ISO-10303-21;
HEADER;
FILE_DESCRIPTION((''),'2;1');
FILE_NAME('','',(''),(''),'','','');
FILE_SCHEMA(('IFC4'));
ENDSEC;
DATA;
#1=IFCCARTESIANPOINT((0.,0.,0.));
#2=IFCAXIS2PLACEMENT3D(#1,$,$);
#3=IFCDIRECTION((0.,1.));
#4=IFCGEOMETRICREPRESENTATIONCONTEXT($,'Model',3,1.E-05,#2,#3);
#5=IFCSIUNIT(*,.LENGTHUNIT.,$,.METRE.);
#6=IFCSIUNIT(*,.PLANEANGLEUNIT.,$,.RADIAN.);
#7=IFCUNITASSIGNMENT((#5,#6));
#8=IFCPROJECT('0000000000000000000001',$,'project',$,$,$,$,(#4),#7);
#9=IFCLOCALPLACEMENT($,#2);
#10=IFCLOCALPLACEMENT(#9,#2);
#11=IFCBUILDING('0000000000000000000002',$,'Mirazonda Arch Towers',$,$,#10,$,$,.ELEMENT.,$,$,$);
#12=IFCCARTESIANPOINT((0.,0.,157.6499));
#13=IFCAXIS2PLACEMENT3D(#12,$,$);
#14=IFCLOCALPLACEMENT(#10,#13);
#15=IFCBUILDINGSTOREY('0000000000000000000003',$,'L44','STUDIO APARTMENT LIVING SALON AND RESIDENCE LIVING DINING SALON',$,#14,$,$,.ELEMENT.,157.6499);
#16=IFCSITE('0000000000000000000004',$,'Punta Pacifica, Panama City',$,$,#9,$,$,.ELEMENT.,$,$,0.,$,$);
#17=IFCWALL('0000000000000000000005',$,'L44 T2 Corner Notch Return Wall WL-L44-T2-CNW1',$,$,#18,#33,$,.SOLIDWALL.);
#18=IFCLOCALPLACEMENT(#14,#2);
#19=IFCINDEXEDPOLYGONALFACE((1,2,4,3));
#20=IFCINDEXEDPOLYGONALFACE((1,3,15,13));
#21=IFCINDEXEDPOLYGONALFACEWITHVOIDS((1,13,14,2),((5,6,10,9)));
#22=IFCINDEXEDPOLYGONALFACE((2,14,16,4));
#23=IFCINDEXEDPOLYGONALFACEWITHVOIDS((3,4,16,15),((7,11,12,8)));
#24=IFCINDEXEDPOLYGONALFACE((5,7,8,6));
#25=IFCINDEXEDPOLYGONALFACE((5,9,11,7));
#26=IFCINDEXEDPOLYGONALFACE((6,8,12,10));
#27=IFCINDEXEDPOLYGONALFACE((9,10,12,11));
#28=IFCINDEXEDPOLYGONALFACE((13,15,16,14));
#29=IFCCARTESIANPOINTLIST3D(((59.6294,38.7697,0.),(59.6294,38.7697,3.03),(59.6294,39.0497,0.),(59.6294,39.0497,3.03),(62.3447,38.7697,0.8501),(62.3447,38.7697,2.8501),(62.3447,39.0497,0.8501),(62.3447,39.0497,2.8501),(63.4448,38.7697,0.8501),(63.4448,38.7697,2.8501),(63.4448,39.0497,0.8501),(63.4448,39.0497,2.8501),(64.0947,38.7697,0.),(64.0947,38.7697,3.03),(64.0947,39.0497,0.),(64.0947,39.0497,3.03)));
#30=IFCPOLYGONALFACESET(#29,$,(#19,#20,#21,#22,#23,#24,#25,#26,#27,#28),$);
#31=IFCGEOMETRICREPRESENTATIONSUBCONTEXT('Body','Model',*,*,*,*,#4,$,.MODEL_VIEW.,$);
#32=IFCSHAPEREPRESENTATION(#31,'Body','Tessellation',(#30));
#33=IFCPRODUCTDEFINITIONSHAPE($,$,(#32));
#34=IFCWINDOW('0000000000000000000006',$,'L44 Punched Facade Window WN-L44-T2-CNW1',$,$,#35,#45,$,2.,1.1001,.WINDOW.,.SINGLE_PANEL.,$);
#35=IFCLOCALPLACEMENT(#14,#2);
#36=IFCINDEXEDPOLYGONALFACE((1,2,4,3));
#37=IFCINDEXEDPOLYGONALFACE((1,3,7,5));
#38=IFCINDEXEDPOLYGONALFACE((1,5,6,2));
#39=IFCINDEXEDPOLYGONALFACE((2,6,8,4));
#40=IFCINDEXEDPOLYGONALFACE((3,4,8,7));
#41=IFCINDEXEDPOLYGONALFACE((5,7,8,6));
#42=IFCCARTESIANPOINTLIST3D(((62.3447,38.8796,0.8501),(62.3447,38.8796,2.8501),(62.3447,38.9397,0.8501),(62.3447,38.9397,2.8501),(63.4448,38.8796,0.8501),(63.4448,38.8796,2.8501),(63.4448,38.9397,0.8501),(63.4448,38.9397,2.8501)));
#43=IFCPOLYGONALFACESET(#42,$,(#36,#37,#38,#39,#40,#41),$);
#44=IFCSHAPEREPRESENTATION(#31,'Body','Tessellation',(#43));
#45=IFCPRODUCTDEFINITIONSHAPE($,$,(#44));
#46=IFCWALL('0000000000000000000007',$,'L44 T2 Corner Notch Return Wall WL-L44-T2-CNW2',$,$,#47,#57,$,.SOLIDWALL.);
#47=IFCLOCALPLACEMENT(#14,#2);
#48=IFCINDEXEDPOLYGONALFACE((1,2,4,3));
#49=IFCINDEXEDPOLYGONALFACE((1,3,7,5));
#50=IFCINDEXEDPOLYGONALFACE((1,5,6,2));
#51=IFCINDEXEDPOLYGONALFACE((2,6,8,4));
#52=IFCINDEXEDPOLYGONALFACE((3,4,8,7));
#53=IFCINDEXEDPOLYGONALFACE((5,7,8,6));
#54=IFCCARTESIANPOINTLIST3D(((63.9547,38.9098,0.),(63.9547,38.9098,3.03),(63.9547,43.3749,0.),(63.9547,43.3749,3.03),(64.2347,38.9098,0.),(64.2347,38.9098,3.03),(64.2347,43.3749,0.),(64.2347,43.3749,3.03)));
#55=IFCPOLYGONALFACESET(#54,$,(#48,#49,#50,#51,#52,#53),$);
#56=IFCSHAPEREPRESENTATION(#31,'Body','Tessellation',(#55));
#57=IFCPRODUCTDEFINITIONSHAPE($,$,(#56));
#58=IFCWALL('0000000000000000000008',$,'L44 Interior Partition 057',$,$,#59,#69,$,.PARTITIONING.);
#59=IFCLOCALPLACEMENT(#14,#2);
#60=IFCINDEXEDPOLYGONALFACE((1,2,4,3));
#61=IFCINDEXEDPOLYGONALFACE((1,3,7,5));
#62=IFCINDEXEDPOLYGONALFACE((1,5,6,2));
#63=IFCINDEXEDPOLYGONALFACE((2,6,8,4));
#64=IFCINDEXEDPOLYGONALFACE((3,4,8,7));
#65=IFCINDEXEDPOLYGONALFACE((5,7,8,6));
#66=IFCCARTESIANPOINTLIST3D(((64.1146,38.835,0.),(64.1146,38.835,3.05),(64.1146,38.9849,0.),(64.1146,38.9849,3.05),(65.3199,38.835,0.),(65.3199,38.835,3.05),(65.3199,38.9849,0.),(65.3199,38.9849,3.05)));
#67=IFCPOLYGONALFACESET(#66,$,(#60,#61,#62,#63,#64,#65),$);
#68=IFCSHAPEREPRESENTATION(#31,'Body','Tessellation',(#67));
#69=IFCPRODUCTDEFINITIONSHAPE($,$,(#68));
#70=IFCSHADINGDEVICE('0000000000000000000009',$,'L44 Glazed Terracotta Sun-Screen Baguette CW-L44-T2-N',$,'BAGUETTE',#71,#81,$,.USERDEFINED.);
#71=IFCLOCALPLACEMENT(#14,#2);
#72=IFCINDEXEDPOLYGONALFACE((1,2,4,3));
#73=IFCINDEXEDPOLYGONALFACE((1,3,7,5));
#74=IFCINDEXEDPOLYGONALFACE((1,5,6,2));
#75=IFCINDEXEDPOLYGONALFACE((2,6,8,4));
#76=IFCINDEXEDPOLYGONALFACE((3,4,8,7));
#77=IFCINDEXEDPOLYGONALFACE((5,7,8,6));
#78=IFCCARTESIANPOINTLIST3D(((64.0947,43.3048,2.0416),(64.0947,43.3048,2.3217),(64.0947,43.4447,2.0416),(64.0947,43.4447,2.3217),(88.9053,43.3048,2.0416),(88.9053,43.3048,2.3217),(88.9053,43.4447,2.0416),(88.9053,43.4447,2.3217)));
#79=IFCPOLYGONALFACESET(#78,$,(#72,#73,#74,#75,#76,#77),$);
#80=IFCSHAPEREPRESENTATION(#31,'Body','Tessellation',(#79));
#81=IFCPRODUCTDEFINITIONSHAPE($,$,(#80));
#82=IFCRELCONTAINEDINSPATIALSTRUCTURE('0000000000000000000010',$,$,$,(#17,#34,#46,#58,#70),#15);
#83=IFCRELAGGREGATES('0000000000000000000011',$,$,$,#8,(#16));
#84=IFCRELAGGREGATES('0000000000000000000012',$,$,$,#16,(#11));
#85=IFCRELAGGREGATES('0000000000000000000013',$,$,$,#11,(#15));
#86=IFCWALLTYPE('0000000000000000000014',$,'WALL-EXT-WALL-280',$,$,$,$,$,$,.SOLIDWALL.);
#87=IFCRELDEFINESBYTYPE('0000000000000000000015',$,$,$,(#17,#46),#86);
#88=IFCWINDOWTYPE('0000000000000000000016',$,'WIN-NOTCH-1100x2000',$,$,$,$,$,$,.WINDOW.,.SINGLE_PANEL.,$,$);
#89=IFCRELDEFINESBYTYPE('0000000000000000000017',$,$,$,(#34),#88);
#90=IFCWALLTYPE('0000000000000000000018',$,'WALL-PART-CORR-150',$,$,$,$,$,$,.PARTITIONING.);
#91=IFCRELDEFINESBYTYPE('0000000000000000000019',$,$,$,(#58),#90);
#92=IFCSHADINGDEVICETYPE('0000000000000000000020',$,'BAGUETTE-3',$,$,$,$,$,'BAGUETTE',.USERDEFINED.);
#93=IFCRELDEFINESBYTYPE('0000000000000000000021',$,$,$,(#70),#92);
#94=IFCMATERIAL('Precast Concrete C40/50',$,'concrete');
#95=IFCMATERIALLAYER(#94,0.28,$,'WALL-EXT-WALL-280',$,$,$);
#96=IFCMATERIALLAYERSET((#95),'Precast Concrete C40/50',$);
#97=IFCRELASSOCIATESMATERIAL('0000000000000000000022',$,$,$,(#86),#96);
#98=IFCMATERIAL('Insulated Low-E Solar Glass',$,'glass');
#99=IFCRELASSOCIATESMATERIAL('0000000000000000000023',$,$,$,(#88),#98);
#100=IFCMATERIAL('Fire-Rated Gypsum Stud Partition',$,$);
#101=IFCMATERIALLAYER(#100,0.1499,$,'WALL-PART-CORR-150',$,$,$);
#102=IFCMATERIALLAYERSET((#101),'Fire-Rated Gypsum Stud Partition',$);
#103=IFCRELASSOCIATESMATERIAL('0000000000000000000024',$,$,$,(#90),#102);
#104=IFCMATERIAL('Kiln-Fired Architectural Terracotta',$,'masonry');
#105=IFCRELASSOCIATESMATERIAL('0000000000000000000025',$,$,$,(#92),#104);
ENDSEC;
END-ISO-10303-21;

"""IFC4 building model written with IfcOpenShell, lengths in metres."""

from ifc_helpers import new_model, si_unit, direction, frame, frame_2d, origin, origin_2d, place, context, subcontext, project, spatial, rectangle, extrude, material, layer, layer_set, material_profile, profile_set, type_object, element, fill, save


model = new_model("IFC4")

# Units and contexts
model_context = context("Model", 3, precision=1e-05, world=origin(), true_north=direction((0.0, 1.0)))
body_context = subcontext(model_context, "Body", "Model", "MODEL_VIEW")
ifc_project = project(units=[si_unit("LENGTHUNIT", "METRE"), si_unit("PLANEANGLEUNIT", "RADIAN")], contexts=[model_context])

# Site, building, storey
site_placement = place(None, origin())
site = spatial("IfcSite", under=ifc_project, at=site_placement, Name="Punta Pacifica, Panama City", CompositionType="ELEMENT", RefElevation=0.0)
building_placement = place(site_placement, origin())
building = spatial("IfcBuilding", under=site, at=building_placement, Name="Mirazonda Arch Towers", CompositionType="ELEMENT")
storey_placement = place(building_placement, frame((0.0, 0.0, 157.6499)))
storey = spatial("IfcBuildingStorey", under=building, at=storey_placement, Name="L44", Description="STUDIO APARTMENT LIVING SALON AND RESIDENCE LIVING DINING SALON", CompositionType="ELEMENT", Elevation=157.6499)

# Shared definitions
ifc_material_1 = material(Name="Insulated Low-E Solar Glass", Category="glass")

# Wall, opening, window
ifc_material_2 = material(Name="Precast Concrete C40/50", Category="concrete")
ifc_layer_1 = layer(ifc_material_2, 0.28, Name="WALL-EXT-WALL-280")
ifc_layer_set_1 = layer_set([ifc_layer_1], Name="Precast Concrete C40/50")
wall_type_1 = type_object("IfcWallType", Name="WALL-EXT-WALL-280", PredefinedType="SOLIDWALL", material=ifc_layer_set_1)
wall_1_placement = place(storey_placement, frame((64.0947, 38.9097, 0.0), z_axis=(0.0, 0.0, 1.0), x_axis=(-1.0, 0.0, 0.0)))
wall_1 = element("IfcWall", 1, at=wall_1_placement, inside=storey, type_object=wall_type_1, Name="L44 T2 Corner Notch Return Wall WL-L44-T2-CNW1", PredefinedType="SOLIDWALL", context=body_context, shape_type="SweptSolid", body=[
    extrude(rectangle(XDim=4.4653, YDim=0.28, at=frame_2d((2.2327, 0.0))), origin(), (0.0, 0.0, 1.0), 3.03),
])
opening_placement = place(wall_1_placement, frame((0.6499, 0.0, 0.8501)))
opening = element("IfcOpeningElement", 2, at=opening_placement, cuts=wall_1, PredefinedType="OPENING", context=body_context, shape_type="SweptSolid", body=[
    extrude(rectangle(XDim=1.1001, YDim=2.0, at=frame_2d((0.55, 1.0))), frame((0.0, 0.1499, 0.0), z_axis=(0.0, -1.0, 0.0), x_axis=(1.0, 0.0, 0.0)), (0.0, 0.0, 1.0), 0.3),
])
window_type = type_object("IfcWindowType", Name="WIN-NOTCH-1100x2000", PartitioningType="SINGLE_PANEL", PredefinedType="WINDOW", material=ifc_material_1)
window_placement = place(opening_placement, origin())
window = element("IfcWindow", 3, at=window_placement, inside=storey, type_object=window_type, Name="L44 Punched Facade Window WN-L44-T2-CNW1", OverallHeight=2.0, OverallWidth=1.1001, PartitioningType="SINGLE_PANEL", PredefinedType="WINDOW", context=body_context, shape_type="SweptSolid", body=[
    extrude(rectangle(XDim=1.1001, YDim=2.0, at=frame_2d((0.55, 1.0))), frame((0.0, 0.03, 0.0), z_axis=(0.0, -1.0, 0.0), x_axis=(1.0, 0.0, 0.0)), (0.0, 0.0, 1.0), 0.0601),
])
fill(opening, window)

# Walls
wall_2_placement = place(storey_placement, frame((64.0947, 43.3748, 0.0), z_axis=(0.0, 0.0, 1.0), x_axis=(0.0, -1.0, 0.0)))
element("IfcWall", 4, at=wall_2_placement, inside=storey, type_object=wall_type_1, Name="L44 T2 Corner Notch Return Wall WL-L44-T2-CNW2", PredefinedType="SOLIDWALL", context=body_context, shape_type="SweptSolid", body=[
    extrude(rectangle(XDim=4.4651, YDim=0.28, at=frame_2d((2.2324, 0.0))), origin(), (0.0, 0.0, 1.0), 3.03),
])
ifc_material_3 = material(Name="Fire-Rated Gypsum Stud Partition")
ifc_layer_2 = layer(ifc_material_3, 0.1499, Name="WALL-PART-CORR-150")
ifc_layer_set_2 = layer_set([ifc_layer_2], Name="Fire-Rated Gypsum Stud Partition")
wall_type_2 = type_object("IfcWallType", Name="WALL-PART-CORR-150", PredefinedType="PARTITIONING", material=ifc_layer_set_2)
wall_3_placement = place(storey_placement, frame((64.1147, 38.9099, 0.0), z_axis=(0.0, 0.0, 1.0), x_axis=(1.0, 0.0, 0.0)))
element("IfcWall", 5, at=wall_3_placement, inside=storey, type_object=wall_type_2, Name="L44 Interior Partition 057", PredefinedType="PARTITIONING", context=body_context, shape_type="SweptSolid", body=[
    extrude(rectangle(XDim=1.2053, YDim=0.1499, at=frame_2d((0.6025, 0.0))), origin(), (0.0, 0.0, 1.0), 3.05),
])

# Shading device
ifc_material_4 = material(Name="Kiln-Fired Architectural Terracotta", Category="masonry")
ifc_material_profile_1 = material_profile(ifc_material_4, rectangle(XDim=0.1399, YDim=0.28, at=origin_2d()), Name="TERRA-BAG-140x280")
ifc_profile_set_1 = profile_set([ifc_material_profile_1], Name="Kiln-Fired Architectural Terracotta")
shading_device_type = type_object("IfcShadingDeviceType", Name="BAGUETTE-3", ElementType="BAGUETTE", PredefinedType="USERDEFINED", material=ifc_profile_set_1)
shading_device_placement = place(storey_placement, frame((64.0947, 43.3748, 2.1816), z_axis=(1.0, 0.0, 0.0), x_axis=(0.0, 1.0, 0.0)))
element("IfcShadingDevice", 6, at=shading_device_placement, inside=storey, type_object=shading_device_type, Name="L44 Glazed Terracotta Sun-Screen Baguette CW-L44-T2-N", ObjectType="BAGUETTE", PredefinedType="USERDEFINED", context=body_context, shape_type="SweptSolid", body=[
    extrude(rectangle(XDim=0.1399, YDim=0.28, at=origin_2d()), origin(), (0.0, 0.0, 1.0), 24.8105),
])

save(model, "model.ifc")
